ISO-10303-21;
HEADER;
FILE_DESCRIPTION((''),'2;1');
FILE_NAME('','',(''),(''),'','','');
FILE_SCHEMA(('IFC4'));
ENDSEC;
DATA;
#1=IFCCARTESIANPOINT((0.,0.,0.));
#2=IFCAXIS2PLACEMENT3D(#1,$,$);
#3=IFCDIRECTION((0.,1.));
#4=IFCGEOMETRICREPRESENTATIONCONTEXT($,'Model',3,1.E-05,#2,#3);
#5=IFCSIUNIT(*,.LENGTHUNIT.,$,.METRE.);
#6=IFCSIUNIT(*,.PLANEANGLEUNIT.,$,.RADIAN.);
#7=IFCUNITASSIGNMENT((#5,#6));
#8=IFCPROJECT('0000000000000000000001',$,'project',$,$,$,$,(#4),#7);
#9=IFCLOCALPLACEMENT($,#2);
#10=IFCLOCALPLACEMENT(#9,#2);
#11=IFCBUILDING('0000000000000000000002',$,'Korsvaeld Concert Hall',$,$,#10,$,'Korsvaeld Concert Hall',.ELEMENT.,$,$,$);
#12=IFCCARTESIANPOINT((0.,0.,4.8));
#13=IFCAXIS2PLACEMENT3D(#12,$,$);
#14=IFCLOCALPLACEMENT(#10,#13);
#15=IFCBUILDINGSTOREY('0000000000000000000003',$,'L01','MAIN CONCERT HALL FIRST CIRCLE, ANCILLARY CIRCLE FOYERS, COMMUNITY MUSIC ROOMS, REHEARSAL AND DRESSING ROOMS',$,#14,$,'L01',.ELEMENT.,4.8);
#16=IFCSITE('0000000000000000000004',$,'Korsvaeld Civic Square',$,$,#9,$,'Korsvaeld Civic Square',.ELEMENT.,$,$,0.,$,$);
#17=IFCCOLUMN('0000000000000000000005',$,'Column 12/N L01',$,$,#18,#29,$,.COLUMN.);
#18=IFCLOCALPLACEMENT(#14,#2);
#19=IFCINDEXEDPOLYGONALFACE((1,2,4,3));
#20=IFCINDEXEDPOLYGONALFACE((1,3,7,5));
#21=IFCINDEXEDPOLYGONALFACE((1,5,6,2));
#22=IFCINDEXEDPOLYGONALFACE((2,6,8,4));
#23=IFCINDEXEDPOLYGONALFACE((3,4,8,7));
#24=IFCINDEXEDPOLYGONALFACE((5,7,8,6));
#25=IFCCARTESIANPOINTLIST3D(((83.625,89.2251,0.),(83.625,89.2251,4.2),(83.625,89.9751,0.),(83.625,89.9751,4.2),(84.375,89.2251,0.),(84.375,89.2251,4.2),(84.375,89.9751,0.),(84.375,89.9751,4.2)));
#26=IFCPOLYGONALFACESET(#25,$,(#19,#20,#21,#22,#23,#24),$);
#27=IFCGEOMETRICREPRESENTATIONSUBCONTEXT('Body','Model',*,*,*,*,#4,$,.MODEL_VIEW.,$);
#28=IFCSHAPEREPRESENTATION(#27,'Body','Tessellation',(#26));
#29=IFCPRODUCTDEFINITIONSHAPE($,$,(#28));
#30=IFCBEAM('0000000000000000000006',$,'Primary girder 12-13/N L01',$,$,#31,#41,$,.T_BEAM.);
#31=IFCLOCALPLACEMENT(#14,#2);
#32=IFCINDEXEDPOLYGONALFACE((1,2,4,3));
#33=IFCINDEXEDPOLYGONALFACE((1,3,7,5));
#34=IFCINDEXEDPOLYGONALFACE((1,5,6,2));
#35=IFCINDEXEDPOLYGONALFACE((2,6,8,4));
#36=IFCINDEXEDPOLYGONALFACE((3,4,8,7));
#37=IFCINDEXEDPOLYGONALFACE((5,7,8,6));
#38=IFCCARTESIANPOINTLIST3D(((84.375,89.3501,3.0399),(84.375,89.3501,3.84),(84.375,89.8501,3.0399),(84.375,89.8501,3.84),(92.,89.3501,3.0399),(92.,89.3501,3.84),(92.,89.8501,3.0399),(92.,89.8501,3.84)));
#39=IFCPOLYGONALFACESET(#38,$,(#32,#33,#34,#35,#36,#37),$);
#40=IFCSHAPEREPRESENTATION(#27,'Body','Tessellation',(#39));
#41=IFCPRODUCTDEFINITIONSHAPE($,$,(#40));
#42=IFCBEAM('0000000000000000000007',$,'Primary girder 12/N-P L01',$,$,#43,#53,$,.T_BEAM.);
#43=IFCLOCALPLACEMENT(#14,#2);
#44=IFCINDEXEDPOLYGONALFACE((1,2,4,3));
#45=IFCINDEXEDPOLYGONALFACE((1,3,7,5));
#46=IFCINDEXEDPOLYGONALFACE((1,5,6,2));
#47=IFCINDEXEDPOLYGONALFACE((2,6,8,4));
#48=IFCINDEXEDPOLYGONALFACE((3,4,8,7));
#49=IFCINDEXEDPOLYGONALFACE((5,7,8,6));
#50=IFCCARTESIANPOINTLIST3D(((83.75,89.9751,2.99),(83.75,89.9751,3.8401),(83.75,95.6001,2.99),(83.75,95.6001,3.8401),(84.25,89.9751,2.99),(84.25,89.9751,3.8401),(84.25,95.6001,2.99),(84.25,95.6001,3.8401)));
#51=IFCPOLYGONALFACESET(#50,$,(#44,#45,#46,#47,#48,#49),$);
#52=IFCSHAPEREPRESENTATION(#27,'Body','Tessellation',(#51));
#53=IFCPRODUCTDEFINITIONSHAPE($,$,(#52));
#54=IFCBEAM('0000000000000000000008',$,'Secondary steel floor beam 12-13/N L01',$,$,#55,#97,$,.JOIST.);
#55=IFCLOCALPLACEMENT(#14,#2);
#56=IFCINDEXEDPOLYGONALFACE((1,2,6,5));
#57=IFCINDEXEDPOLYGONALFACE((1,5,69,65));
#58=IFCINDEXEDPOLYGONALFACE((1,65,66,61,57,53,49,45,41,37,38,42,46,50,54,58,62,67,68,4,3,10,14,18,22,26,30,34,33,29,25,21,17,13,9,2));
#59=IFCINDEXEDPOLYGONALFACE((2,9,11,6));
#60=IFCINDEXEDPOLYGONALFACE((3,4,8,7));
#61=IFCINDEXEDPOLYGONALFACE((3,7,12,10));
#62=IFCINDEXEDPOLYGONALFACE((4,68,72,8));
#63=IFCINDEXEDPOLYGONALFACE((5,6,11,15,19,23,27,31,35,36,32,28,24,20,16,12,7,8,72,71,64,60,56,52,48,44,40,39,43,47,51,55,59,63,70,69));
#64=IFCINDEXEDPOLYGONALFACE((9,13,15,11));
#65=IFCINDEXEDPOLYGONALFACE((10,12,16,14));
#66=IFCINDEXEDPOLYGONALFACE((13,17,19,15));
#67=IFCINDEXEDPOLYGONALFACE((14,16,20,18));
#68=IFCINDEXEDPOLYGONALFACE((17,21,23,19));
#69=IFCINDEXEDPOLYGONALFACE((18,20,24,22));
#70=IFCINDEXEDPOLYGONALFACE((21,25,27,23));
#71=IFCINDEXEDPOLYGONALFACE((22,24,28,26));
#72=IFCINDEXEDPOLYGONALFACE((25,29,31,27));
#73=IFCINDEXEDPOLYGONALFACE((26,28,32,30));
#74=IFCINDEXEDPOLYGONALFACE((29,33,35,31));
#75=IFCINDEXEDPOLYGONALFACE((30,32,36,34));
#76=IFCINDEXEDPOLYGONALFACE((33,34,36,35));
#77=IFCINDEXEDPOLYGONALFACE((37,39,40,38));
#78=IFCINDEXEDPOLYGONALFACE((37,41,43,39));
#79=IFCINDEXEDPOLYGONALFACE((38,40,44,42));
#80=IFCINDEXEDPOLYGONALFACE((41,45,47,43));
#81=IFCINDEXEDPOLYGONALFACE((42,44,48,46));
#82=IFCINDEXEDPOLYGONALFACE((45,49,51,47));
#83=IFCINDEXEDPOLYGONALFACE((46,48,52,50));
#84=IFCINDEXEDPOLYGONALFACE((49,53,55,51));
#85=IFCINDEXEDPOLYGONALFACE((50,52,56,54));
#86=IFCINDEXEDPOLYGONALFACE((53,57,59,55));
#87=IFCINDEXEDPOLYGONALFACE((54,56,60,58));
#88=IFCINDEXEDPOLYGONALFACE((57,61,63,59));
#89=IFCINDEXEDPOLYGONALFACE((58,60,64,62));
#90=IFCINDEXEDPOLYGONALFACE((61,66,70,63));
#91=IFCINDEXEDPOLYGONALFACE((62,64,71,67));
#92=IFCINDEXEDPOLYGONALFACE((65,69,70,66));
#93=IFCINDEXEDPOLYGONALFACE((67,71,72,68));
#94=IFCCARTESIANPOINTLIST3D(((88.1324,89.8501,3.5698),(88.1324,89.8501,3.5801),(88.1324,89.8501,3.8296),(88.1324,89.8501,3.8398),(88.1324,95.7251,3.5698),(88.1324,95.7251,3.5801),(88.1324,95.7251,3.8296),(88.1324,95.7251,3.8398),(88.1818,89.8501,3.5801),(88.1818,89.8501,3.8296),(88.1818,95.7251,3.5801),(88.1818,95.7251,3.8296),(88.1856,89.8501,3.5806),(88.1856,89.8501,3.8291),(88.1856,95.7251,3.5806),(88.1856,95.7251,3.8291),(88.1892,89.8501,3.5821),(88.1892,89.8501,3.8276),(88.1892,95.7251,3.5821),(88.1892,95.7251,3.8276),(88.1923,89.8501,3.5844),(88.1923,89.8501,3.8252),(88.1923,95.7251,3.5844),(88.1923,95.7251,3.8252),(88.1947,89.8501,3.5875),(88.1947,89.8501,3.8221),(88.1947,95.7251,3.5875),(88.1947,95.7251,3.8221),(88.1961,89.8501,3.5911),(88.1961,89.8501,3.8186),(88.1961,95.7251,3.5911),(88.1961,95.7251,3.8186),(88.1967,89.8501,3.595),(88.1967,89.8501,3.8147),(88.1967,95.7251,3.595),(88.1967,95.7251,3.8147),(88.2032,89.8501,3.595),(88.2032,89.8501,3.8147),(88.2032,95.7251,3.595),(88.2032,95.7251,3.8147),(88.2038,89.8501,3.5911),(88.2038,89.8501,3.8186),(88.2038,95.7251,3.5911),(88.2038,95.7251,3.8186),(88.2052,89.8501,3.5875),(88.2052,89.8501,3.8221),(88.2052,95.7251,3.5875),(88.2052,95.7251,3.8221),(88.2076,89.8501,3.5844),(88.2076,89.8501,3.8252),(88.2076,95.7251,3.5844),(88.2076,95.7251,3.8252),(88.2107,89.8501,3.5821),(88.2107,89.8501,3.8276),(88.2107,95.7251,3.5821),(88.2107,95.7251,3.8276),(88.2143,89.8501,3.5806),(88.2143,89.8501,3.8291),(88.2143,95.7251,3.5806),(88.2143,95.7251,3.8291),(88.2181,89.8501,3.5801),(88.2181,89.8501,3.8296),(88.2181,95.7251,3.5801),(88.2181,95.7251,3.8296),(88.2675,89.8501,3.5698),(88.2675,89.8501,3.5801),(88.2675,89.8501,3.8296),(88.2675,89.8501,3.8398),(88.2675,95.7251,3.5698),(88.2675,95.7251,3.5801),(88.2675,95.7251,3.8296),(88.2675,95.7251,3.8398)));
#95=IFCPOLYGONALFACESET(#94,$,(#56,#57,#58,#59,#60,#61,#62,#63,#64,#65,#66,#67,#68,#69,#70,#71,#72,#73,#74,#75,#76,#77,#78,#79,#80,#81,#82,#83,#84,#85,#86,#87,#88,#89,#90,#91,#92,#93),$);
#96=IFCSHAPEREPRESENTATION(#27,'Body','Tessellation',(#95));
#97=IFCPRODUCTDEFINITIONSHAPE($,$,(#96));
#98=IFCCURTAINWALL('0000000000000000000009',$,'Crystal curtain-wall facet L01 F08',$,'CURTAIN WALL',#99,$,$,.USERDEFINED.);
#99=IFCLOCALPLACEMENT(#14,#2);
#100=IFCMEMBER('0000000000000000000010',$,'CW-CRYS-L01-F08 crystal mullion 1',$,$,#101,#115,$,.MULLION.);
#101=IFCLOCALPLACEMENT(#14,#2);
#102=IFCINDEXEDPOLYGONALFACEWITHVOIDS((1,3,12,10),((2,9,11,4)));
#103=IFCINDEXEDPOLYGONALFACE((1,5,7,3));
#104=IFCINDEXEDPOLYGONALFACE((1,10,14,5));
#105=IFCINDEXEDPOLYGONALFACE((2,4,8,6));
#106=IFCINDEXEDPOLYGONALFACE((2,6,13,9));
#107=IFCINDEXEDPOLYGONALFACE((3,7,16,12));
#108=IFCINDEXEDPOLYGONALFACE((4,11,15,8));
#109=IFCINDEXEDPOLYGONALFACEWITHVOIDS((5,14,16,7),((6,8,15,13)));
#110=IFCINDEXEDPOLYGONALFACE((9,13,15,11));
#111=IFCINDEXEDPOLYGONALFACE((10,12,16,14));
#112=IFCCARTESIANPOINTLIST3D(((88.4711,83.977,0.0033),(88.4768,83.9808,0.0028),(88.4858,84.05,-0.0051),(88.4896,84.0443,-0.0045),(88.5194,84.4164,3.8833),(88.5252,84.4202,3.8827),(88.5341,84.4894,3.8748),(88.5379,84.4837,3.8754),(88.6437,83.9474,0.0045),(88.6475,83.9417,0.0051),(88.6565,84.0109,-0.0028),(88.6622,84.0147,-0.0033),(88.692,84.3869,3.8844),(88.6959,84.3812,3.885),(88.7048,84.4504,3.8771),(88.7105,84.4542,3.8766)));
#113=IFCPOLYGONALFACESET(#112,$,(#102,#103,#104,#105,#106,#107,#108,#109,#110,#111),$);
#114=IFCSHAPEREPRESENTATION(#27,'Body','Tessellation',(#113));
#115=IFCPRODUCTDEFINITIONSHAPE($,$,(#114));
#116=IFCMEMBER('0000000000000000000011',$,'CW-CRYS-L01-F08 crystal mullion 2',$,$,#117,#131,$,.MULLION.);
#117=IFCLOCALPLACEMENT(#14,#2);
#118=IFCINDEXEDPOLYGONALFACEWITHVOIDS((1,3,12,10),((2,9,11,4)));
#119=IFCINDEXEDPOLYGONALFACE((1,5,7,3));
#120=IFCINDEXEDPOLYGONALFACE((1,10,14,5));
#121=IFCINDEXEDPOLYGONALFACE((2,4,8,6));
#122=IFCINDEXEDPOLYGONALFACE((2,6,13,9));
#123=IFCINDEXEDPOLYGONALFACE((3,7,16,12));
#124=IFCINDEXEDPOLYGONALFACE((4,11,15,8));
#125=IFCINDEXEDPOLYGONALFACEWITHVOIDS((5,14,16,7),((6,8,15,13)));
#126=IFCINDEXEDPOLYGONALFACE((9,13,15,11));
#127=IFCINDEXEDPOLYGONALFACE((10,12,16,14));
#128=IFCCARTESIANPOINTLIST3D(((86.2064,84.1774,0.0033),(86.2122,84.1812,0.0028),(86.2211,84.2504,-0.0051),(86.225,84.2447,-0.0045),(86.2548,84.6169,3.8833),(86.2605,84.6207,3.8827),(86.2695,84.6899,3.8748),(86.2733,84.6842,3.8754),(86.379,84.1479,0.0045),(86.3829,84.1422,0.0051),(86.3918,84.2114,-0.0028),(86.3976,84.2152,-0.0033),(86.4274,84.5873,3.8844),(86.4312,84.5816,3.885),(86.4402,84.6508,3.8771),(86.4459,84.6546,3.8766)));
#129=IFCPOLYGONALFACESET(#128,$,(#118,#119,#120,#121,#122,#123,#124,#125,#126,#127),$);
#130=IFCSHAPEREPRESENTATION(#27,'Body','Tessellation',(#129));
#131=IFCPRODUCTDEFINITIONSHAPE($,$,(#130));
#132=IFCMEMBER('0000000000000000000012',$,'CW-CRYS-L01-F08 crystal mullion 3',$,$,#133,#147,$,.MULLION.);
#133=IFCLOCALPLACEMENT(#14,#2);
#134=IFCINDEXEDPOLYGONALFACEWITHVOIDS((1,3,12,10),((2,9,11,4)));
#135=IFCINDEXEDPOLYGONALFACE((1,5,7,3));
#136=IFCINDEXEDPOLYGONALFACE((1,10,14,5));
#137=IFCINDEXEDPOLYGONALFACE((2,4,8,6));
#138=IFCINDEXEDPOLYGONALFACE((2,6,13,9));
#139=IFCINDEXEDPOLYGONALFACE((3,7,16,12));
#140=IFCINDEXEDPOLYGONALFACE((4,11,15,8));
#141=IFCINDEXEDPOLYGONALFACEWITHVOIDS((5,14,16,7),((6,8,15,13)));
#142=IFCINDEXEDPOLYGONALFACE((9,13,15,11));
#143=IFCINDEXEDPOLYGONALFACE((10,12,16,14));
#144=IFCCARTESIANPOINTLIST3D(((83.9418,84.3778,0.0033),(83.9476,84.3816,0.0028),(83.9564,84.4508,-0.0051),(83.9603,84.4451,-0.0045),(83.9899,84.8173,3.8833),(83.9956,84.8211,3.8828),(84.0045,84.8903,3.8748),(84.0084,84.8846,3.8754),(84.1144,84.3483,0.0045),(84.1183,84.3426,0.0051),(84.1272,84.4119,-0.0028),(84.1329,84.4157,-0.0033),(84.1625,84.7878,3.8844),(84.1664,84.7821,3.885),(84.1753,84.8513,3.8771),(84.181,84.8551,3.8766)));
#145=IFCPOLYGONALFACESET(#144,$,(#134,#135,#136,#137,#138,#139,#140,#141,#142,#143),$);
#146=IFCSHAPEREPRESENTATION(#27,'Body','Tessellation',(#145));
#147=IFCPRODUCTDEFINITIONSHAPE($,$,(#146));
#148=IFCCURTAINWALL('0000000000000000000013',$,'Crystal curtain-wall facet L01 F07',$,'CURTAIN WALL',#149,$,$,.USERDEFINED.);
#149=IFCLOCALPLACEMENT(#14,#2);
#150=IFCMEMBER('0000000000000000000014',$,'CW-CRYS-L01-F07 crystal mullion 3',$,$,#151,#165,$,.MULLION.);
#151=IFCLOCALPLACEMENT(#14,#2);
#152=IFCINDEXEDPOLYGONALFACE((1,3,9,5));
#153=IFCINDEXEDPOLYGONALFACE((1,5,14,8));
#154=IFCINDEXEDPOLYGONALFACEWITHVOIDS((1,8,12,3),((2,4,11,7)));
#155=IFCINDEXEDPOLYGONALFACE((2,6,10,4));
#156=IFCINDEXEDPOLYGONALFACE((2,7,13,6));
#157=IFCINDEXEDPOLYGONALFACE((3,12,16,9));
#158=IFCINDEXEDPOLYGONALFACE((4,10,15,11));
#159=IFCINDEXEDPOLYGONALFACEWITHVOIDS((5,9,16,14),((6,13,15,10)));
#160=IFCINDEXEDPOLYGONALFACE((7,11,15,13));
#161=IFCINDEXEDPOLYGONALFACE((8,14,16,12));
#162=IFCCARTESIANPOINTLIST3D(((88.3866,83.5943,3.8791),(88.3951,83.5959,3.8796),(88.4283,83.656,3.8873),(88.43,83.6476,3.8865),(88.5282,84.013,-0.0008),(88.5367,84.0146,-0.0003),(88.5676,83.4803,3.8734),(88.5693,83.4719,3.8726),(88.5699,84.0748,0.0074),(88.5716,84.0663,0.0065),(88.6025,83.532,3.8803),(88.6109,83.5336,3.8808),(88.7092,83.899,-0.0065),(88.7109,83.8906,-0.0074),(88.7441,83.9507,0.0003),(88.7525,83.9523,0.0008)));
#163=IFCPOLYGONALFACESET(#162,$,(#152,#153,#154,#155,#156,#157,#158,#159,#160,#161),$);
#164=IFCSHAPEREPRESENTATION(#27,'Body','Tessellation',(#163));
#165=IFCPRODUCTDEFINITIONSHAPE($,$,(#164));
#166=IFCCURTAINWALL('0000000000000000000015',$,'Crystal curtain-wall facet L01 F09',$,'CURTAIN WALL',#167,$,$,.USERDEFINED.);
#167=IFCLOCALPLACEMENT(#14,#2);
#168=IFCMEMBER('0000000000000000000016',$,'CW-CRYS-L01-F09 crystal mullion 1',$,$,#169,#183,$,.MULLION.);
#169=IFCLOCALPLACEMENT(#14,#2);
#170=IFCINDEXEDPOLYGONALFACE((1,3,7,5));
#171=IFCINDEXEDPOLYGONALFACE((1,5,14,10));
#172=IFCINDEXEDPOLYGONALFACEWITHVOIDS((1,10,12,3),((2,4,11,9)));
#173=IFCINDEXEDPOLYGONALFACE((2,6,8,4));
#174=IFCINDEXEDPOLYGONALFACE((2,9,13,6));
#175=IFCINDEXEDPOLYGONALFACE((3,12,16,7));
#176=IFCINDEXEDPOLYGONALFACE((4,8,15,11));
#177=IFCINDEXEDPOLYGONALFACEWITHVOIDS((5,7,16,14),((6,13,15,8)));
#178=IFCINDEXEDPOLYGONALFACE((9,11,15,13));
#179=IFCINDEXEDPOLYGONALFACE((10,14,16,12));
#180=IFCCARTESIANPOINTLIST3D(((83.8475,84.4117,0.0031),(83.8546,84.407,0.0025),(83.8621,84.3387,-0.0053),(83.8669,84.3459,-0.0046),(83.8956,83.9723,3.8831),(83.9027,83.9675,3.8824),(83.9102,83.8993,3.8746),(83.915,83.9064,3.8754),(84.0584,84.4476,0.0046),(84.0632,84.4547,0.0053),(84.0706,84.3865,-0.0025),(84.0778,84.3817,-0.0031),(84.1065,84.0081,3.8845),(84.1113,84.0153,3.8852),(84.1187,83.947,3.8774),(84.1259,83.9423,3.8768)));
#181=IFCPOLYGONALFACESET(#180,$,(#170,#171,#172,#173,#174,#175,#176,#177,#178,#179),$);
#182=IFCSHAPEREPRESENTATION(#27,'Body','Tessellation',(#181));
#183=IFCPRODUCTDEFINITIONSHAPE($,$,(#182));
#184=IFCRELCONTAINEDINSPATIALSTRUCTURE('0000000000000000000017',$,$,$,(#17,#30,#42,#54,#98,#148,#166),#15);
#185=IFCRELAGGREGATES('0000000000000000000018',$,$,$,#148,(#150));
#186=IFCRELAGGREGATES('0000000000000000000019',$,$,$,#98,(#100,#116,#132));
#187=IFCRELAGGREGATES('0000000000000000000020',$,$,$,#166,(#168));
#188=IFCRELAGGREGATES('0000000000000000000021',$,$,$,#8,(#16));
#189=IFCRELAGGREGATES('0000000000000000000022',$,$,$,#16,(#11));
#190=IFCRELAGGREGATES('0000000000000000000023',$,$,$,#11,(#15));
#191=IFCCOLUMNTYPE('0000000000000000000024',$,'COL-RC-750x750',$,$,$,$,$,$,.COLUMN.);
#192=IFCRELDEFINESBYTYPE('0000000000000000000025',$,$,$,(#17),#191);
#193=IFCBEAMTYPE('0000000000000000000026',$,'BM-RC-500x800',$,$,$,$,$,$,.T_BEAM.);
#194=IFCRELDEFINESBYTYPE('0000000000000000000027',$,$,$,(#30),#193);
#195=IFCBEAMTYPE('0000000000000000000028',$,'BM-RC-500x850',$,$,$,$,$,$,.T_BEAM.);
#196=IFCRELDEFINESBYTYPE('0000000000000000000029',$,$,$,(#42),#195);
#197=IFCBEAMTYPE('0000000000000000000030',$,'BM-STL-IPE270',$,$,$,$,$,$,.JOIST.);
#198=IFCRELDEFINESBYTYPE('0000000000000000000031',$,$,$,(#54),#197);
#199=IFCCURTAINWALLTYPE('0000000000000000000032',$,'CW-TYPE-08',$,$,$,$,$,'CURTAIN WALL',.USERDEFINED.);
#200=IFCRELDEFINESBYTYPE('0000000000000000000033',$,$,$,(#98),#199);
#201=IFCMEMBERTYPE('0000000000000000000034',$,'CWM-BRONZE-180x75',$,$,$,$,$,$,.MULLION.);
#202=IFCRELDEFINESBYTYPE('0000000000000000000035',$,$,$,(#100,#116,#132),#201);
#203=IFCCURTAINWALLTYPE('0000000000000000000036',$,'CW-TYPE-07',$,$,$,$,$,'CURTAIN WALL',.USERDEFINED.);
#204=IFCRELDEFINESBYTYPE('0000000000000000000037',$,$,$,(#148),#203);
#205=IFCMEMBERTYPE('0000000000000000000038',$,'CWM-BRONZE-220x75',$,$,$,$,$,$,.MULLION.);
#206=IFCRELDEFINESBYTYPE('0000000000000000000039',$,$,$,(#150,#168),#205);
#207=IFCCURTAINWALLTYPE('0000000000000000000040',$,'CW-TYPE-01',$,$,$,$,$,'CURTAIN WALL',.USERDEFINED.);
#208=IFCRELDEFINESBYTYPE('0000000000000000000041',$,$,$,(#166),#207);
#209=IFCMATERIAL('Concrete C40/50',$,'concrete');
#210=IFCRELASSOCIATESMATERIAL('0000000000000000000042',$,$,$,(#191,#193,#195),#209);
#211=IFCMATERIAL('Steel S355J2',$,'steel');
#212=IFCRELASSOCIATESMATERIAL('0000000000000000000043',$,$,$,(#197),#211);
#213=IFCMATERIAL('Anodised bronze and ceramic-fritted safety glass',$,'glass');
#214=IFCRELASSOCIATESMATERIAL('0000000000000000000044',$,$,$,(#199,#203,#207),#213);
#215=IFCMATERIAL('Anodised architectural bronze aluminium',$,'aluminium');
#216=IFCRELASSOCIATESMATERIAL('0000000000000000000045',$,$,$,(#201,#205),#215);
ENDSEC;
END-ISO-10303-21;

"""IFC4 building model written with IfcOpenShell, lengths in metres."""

from ifc_helpers import new_model, si_unit, direction, frame, origin, origin_2d, place, context, subcontext, project, spatial, rectangle, hollow_rectangle, i_section, extrude, material, material_profile, profile_set, type_object, element, aggregate, save


model = new_model("IFC4")

# Units and contexts
model_context = context("Model", 3, precision=1e-05, world=origin(), true_north=direction((0.0, 1.0)))
body_context = subcontext(model_context, "Body", "Model", "MODEL_VIEW")
ifc_project = project(units=[si_unit("LENGTHUNIT", "METRE"), si_unit("PLANEANGLEUNIT", "RADIAN")], contexts=[model_context])

# Site, building, storey
site_placement = place(None, origin())
site = spatial("IfcSite", under=ifc_project, at=site_placement, Name="Korsvaeld Civic Square", LongName="Korsvaeld Civic Square", CompositionType="ELEMENT", RefElevation=0.0)
building_placement = place(site_placement, origin())
building = spatial("IfcBuilding", under=site, at=building_placement, Name="Korsvaeld Concert Hall", LongName="Korsvaeld Concert Hall", CompositionType="ELEMENT")
storey_placement = place(building_placement, frame((0.0, 0.0, 4.8)))
storey = spatial("IfcBuildingStorey", under=building, at=storey_placement, Name="L01", Description="MAIN CONCERT HALL FIRST CIRCLE, ANCILLARY CIRCLE FOYERS, COMMUNITY MUSIC ROOMS, REHEARSAL AND DRESSING ROOMS", LongName="L01", CompositionType="ELEMENT", Elevation=4.8)

# Column
ifc_material_1 = material(Name="Concrete C40/50", Category="concrete")
ifc_material_profile_1 = material_profile(ifc_material_1, rectangle(XDim=0.75, YDim=0.75, at=origin_2d()), Name="RC 750x750")
ifc_profile_set_1 = profile_set([ifc_material_profile_1], Name="Concrete C40/50")
column_type = type_object("IfcColumnType", Name="COL-RC-750x750", PredefinedType="COLUMN", material=ifc_profile_set_1)
column_placement = place(storey_placement, frame((84.0, 89.6001, 0.0), z_axis=(0.0, 0.0, 1.0), x_axis=(1.0, 0.0, 0.0)))
element("IfcColumn", 1, at=column_placement, inside=storey, type_object=column_type, Name="Column 12/N L01", PredefinedType="COLUMN", context=body_context, shape_type="SweptSolid", body=[
    extrude(rectangle(XDim=0.75, YDim=0.75, at=origin_2d()), origin(), (0.0, 0.0, 1.0), 4.2),
])

# Beams
ifc_material_profile_2 = material_profile(ifc_material_1, rectangle(XDim=0.5, YDim=0.8, at=origin_2d()), Name="RC 500x800")
ifc_profile_set_2 = profile_set([ifc_material_profile_2], Name="Concrete C40/50")
beam_type_1 = type_object("IfcBeamType", Name="BM-RC-500x800", PredefinedType="T_BEAM", material=ifc_profile_set_2)
beam_1_placement = place(storey_placement, frame((84.375, 89.6001, 3.4399), z_axis=(1.0, 0.0, 0.0), x_axis=(0.0, 1.0, 0.0)))
element("IfcBeam", 2, at=beam_1_placement, inside=storey, type_object=beam_type_1, Name="Primary girder 12-13/N L01", PredefinedType="T_BEAM", context=body_context, shape_type="SweptSolid", body=[
    extrude(rectangle(XDim=0.5, YDim=0.8, at=origin_2d()), origin(), (0.0, 0.0, 1.0), 7.625),
])
ifc_material_profile_3 = material_profile(ifc_material_1, rectangle(XDim=0.5, YDim=0.8501, at=origin_2d()), Name="RC 500x850")
ifc_profile_set_3 = profile_set([ifc_material_profile_3], Name="Concrete C40/50")
beam_type_2 = type_object("IfcBeamType", Name="BM-RC-500x850", PredefinedType="T_BEAM", material=ifc_profile_set_3)
beam_2_placement = place(storey_placement, frame((84.0, 89.9751, 3.415), z_axis=(0.0, 1.0, 0.0), x_axis=(-1.0, 0.0, 0.0)))
element("IfcBeam", 3, at=beam_2_placement, inside=storey, type_object=beam_type_2, Name="Primary girder 12/N-P L01", PredefinedType="T_BEAM", context=body_context, shape_type="SweptSolid", body=[
    extrude(rectangle(XDim=0.5, YDim=0.8501, at=origin_2d()), origin(), (0.0, 0.0, 1.0), 5.625),
])
ifc_material_2 = material(Name="Steel S355J2", Category="steel")
ifc_material_profile_4 = material_profile(ifc_material_2, i_section(OverallWidth=0.135, OverallDepth=0.27, WebThickness=0.0066, FlangeThickness=0.0103, FilletRadius=0.0149, at=origin_2d()), Name="IPE 270")
ifc_profile_set_4 = profile_set([ifc_material_profile_4], Name="Steel S355J2")
beam_type_3 = type_object("IfcBeamType", Name="BM-STL-IPE270", PredefinedType="JOIST", material=ifc_profile_set_4)
beam_3_placement = place(storey_placement, frame((88.2, 89.8501, 3.7048), z_axis=(0.0, 1.0, 0.0), x_axis=(-1.0, 0.0, 0.0)))
element("IfcBeam", 4, at=beam_3_placement, inside=storey, type_object=beam_type_3, Name="Secondary steel floor beam 12-13/N L01", PredefinedType="JOIST", context=body_context, shape_type="SweptSolid", body=[
    extrude(i_section(OverallWidth=0.135, OverallDepth=0.27, WebThickness=0.0066, FlangeThickness=0.0103, FilletRadius=0.0149, at=origin_2d()), origin(), (0.0, 0.0, 1.0), 5.875),
])

# Curtain wall, members
ifc_material_3 = material(Name="Anodised bronze and ceramic-fritted safety glass", Category="glass")
curtain_wall_type_1 = type_object("IfcCurtainWallType", Name="CW-TYPE-08", ElementType="CURTAIN WALL", PredefinedType="USERDEFINED", material=ifc_material_3)
curtain_wall_1_placement = place(storey_placement, origin())
curtain_wall_1 = element("IfcCurtainWall", 5, at=curtain_wall_1_placement, inside=storey, type_object=curtain_wall_type_1, Name="Crystal curtain-wall facet L01 F08", ObjectType="CURTAIN WALL", PredefinedType="USERDEFINED")
ifc_material_4 = material(Name="Anodised architectural bronze aluminium", Category="aluminium")
ifc_material_profile_5 = material_profile(ifc_material_4, hollow_rectangle(XDim=0.075, YDim=0.1799, WallThickness=0.0049, at=origin_2d()), Name="CWM 180x75x5")
ifc_profile_set_5 = profile_set([ifc_material_profile_5], Name="Anodised architectural bronze aluminium")
member_type_1 = type_object("IfcMemberType", Name="CWM-BRONZE-180x75", PredefinedType="MULLION", material=ifc_profile_set_5)
member_1_placement = place(storey_placement, frame((88.5667, 83.9958, 0.0), z_axis=(0.012379, 0.112536, 0.993571), x_axis=(0.195828, 0.974132, -0.112774)))
member_1 = element("IfcMember", 6, at=member_1_placement, type_object=member_type_1, Name="CW-CRYS-L01-F08 crystal mullion 1", PredefinedType="MULLION", context=body_context, shape_type="SweptSolid", body=[
    extrude(hollow_rectangle(XDim=0.075, YDim=0.1799, WallThickness=0.0049, at=origin_2d()), origin(), (0.0, 0.0, 1.0), 3.905),
])
member_2_placement = place(storey_placement, frame((86.302, 84.1963, 0.0), z_axis=(0.012379, 0.112536, 0.993571), x_axis=(0.195828, 0.974132, -0.112774)))
member_2 = element("IfcMember", 7, at=member_2_placement, type_object=member_type_1, Name="CW-CRYS-L01-F08 crystal mullion 2", PredefinedType="MULLION", context=body_context, shape_type="SweptSolid", body=[
    extrude(hollow_rectangle(XDim=0.075, YDim=0.1799, WallThickness=0.0049, at=origin_2d()), origin(), (0.0, 0.0, 1.0), 3.905),
])
member_3_placement = place(storey_placement, frame((84.0374, 84.3967, 0.0), z_axis=(0.012316, 0.112536, 0.993571), x_axis=(0.195293, 0.97424, -0.112768)))
member_3 = element("IfcMember", 8, at=member_3_placement, type_object=member_type_1, Name="CW-CRYS-L01-F08 crystal mullion 3", PredefinedType="MULLION", context=body_context, shape_type="SweptSolid", body=[
    extrude(hollow_rectangle(XDim=0.075, YDim=0.1799, WallThickness=0.0049, at=origin_2d()), origin(), (0.0, 0.0, 1.0), 3.905),
])

# Curtain wall, member
curtain_wall_type_2 = type_object("IfcCurtainWallType", Name="CW-TYPE-07", ElementType="CURTAIN WALL", PredefinedType="USERDEFINED", material=ifc_material_3)
curtain_wall_2_placement = place(storey_placement, origin())
curtain_wall_2 = element("IfcCurtainWall", 9, at=curtain_wall_2_placement, inside=storey, type_object=curtain_wall_type_2, Name="Crystal curtain-wall facet L01 F07", ObjectType="CURTAIN WALL", PredefinedType="USERDEFINED")
ifc_material_profile_6 = material_profile(ifc_material_4, hollow_rectangle(XDim=0.075, YDim=0.22, WallThickness=0.0061, at=origin_2d()), Name="CWM 220x75x6")
ifc_profile_set_6 = profile_set([ifc_material_profile_6], Name="Anodised architectural bronze aluminium")
member_type_2 = type_object("IfcMemberType", Name="CWM-BRONZE-220x75", PredefinedType="MULLION", material=ifc_profile_set_6)
member_4_placement = place(storey_placement, frame((88.6404, 83.9827, 0.0), z_axis=(-0.036262, -0.107222, 0.993574), x_axis=(-0.556164, -0.823866, -0.109206)))
member_4 = element("IfcMember", 10, at=member_4_placement, type_object=member_type_2, Name="CW-CRYS-L01-F07 crystal mullion 3", PredefinedType="MULLION", context=body_context, shape_type="SweptSolid", body=[
    extrude(hollow_rectangle(XDim=0.075, YDim=0.22, WallThickness=0.0061, at=origin_2d()), origin(), (0.0, 0.0, 1.0), 3.905),
])

# Curtain wall, member
curtain_wall_type_3 = type_object("IfcCurtainWallType", Name="CW-TYPE-01", ElementType="CURTAIN WALL", PredefinedType="USERDEFINED", material=ifc_material_3)
curtain_wall_3_placement = place(storey_placement, origin())
curtain_wall_3 = element("IfcCurtainWall", 11, at=curtain_wall_3_placement, inside=storey, type_object=curtain_wall_type_3, Name="Crystal curtain-wall facet L01 F09", ObjectType="CURTAIN WALL", PredefinedType="USERDEFINED")
member_5_placement = place(storey_placement, frame((83.9626, 84.3967, 0.0), z_axis=(0.012316, -0.112536, 0.993571), x_axis=(0.195293, -0.97424, -0.112768)))
member_5 = element("IfcMember", 12, at=member_5_placement, type_object=member_type_2, Name="CW-CRYS-L01-F09 crystal mullion 1", PredefinedType="MULLION", context=body_context, shape_type="SweptSolid", body=[
    extrude(hollow_rectangle(XDim=0.075, YDim=0.22, WallThickness=0.0061, at=origin_2d()), origin(), (0.0, 0.0, 1.0), 3.905),
])

aggregate(curtain_wall_2, [member_4])

aggregate(curtain_wall_1, [member_1, member_2, member_3])
aggregate(curtain_wall_3, [member_5])

save(model, "model.ifc")
